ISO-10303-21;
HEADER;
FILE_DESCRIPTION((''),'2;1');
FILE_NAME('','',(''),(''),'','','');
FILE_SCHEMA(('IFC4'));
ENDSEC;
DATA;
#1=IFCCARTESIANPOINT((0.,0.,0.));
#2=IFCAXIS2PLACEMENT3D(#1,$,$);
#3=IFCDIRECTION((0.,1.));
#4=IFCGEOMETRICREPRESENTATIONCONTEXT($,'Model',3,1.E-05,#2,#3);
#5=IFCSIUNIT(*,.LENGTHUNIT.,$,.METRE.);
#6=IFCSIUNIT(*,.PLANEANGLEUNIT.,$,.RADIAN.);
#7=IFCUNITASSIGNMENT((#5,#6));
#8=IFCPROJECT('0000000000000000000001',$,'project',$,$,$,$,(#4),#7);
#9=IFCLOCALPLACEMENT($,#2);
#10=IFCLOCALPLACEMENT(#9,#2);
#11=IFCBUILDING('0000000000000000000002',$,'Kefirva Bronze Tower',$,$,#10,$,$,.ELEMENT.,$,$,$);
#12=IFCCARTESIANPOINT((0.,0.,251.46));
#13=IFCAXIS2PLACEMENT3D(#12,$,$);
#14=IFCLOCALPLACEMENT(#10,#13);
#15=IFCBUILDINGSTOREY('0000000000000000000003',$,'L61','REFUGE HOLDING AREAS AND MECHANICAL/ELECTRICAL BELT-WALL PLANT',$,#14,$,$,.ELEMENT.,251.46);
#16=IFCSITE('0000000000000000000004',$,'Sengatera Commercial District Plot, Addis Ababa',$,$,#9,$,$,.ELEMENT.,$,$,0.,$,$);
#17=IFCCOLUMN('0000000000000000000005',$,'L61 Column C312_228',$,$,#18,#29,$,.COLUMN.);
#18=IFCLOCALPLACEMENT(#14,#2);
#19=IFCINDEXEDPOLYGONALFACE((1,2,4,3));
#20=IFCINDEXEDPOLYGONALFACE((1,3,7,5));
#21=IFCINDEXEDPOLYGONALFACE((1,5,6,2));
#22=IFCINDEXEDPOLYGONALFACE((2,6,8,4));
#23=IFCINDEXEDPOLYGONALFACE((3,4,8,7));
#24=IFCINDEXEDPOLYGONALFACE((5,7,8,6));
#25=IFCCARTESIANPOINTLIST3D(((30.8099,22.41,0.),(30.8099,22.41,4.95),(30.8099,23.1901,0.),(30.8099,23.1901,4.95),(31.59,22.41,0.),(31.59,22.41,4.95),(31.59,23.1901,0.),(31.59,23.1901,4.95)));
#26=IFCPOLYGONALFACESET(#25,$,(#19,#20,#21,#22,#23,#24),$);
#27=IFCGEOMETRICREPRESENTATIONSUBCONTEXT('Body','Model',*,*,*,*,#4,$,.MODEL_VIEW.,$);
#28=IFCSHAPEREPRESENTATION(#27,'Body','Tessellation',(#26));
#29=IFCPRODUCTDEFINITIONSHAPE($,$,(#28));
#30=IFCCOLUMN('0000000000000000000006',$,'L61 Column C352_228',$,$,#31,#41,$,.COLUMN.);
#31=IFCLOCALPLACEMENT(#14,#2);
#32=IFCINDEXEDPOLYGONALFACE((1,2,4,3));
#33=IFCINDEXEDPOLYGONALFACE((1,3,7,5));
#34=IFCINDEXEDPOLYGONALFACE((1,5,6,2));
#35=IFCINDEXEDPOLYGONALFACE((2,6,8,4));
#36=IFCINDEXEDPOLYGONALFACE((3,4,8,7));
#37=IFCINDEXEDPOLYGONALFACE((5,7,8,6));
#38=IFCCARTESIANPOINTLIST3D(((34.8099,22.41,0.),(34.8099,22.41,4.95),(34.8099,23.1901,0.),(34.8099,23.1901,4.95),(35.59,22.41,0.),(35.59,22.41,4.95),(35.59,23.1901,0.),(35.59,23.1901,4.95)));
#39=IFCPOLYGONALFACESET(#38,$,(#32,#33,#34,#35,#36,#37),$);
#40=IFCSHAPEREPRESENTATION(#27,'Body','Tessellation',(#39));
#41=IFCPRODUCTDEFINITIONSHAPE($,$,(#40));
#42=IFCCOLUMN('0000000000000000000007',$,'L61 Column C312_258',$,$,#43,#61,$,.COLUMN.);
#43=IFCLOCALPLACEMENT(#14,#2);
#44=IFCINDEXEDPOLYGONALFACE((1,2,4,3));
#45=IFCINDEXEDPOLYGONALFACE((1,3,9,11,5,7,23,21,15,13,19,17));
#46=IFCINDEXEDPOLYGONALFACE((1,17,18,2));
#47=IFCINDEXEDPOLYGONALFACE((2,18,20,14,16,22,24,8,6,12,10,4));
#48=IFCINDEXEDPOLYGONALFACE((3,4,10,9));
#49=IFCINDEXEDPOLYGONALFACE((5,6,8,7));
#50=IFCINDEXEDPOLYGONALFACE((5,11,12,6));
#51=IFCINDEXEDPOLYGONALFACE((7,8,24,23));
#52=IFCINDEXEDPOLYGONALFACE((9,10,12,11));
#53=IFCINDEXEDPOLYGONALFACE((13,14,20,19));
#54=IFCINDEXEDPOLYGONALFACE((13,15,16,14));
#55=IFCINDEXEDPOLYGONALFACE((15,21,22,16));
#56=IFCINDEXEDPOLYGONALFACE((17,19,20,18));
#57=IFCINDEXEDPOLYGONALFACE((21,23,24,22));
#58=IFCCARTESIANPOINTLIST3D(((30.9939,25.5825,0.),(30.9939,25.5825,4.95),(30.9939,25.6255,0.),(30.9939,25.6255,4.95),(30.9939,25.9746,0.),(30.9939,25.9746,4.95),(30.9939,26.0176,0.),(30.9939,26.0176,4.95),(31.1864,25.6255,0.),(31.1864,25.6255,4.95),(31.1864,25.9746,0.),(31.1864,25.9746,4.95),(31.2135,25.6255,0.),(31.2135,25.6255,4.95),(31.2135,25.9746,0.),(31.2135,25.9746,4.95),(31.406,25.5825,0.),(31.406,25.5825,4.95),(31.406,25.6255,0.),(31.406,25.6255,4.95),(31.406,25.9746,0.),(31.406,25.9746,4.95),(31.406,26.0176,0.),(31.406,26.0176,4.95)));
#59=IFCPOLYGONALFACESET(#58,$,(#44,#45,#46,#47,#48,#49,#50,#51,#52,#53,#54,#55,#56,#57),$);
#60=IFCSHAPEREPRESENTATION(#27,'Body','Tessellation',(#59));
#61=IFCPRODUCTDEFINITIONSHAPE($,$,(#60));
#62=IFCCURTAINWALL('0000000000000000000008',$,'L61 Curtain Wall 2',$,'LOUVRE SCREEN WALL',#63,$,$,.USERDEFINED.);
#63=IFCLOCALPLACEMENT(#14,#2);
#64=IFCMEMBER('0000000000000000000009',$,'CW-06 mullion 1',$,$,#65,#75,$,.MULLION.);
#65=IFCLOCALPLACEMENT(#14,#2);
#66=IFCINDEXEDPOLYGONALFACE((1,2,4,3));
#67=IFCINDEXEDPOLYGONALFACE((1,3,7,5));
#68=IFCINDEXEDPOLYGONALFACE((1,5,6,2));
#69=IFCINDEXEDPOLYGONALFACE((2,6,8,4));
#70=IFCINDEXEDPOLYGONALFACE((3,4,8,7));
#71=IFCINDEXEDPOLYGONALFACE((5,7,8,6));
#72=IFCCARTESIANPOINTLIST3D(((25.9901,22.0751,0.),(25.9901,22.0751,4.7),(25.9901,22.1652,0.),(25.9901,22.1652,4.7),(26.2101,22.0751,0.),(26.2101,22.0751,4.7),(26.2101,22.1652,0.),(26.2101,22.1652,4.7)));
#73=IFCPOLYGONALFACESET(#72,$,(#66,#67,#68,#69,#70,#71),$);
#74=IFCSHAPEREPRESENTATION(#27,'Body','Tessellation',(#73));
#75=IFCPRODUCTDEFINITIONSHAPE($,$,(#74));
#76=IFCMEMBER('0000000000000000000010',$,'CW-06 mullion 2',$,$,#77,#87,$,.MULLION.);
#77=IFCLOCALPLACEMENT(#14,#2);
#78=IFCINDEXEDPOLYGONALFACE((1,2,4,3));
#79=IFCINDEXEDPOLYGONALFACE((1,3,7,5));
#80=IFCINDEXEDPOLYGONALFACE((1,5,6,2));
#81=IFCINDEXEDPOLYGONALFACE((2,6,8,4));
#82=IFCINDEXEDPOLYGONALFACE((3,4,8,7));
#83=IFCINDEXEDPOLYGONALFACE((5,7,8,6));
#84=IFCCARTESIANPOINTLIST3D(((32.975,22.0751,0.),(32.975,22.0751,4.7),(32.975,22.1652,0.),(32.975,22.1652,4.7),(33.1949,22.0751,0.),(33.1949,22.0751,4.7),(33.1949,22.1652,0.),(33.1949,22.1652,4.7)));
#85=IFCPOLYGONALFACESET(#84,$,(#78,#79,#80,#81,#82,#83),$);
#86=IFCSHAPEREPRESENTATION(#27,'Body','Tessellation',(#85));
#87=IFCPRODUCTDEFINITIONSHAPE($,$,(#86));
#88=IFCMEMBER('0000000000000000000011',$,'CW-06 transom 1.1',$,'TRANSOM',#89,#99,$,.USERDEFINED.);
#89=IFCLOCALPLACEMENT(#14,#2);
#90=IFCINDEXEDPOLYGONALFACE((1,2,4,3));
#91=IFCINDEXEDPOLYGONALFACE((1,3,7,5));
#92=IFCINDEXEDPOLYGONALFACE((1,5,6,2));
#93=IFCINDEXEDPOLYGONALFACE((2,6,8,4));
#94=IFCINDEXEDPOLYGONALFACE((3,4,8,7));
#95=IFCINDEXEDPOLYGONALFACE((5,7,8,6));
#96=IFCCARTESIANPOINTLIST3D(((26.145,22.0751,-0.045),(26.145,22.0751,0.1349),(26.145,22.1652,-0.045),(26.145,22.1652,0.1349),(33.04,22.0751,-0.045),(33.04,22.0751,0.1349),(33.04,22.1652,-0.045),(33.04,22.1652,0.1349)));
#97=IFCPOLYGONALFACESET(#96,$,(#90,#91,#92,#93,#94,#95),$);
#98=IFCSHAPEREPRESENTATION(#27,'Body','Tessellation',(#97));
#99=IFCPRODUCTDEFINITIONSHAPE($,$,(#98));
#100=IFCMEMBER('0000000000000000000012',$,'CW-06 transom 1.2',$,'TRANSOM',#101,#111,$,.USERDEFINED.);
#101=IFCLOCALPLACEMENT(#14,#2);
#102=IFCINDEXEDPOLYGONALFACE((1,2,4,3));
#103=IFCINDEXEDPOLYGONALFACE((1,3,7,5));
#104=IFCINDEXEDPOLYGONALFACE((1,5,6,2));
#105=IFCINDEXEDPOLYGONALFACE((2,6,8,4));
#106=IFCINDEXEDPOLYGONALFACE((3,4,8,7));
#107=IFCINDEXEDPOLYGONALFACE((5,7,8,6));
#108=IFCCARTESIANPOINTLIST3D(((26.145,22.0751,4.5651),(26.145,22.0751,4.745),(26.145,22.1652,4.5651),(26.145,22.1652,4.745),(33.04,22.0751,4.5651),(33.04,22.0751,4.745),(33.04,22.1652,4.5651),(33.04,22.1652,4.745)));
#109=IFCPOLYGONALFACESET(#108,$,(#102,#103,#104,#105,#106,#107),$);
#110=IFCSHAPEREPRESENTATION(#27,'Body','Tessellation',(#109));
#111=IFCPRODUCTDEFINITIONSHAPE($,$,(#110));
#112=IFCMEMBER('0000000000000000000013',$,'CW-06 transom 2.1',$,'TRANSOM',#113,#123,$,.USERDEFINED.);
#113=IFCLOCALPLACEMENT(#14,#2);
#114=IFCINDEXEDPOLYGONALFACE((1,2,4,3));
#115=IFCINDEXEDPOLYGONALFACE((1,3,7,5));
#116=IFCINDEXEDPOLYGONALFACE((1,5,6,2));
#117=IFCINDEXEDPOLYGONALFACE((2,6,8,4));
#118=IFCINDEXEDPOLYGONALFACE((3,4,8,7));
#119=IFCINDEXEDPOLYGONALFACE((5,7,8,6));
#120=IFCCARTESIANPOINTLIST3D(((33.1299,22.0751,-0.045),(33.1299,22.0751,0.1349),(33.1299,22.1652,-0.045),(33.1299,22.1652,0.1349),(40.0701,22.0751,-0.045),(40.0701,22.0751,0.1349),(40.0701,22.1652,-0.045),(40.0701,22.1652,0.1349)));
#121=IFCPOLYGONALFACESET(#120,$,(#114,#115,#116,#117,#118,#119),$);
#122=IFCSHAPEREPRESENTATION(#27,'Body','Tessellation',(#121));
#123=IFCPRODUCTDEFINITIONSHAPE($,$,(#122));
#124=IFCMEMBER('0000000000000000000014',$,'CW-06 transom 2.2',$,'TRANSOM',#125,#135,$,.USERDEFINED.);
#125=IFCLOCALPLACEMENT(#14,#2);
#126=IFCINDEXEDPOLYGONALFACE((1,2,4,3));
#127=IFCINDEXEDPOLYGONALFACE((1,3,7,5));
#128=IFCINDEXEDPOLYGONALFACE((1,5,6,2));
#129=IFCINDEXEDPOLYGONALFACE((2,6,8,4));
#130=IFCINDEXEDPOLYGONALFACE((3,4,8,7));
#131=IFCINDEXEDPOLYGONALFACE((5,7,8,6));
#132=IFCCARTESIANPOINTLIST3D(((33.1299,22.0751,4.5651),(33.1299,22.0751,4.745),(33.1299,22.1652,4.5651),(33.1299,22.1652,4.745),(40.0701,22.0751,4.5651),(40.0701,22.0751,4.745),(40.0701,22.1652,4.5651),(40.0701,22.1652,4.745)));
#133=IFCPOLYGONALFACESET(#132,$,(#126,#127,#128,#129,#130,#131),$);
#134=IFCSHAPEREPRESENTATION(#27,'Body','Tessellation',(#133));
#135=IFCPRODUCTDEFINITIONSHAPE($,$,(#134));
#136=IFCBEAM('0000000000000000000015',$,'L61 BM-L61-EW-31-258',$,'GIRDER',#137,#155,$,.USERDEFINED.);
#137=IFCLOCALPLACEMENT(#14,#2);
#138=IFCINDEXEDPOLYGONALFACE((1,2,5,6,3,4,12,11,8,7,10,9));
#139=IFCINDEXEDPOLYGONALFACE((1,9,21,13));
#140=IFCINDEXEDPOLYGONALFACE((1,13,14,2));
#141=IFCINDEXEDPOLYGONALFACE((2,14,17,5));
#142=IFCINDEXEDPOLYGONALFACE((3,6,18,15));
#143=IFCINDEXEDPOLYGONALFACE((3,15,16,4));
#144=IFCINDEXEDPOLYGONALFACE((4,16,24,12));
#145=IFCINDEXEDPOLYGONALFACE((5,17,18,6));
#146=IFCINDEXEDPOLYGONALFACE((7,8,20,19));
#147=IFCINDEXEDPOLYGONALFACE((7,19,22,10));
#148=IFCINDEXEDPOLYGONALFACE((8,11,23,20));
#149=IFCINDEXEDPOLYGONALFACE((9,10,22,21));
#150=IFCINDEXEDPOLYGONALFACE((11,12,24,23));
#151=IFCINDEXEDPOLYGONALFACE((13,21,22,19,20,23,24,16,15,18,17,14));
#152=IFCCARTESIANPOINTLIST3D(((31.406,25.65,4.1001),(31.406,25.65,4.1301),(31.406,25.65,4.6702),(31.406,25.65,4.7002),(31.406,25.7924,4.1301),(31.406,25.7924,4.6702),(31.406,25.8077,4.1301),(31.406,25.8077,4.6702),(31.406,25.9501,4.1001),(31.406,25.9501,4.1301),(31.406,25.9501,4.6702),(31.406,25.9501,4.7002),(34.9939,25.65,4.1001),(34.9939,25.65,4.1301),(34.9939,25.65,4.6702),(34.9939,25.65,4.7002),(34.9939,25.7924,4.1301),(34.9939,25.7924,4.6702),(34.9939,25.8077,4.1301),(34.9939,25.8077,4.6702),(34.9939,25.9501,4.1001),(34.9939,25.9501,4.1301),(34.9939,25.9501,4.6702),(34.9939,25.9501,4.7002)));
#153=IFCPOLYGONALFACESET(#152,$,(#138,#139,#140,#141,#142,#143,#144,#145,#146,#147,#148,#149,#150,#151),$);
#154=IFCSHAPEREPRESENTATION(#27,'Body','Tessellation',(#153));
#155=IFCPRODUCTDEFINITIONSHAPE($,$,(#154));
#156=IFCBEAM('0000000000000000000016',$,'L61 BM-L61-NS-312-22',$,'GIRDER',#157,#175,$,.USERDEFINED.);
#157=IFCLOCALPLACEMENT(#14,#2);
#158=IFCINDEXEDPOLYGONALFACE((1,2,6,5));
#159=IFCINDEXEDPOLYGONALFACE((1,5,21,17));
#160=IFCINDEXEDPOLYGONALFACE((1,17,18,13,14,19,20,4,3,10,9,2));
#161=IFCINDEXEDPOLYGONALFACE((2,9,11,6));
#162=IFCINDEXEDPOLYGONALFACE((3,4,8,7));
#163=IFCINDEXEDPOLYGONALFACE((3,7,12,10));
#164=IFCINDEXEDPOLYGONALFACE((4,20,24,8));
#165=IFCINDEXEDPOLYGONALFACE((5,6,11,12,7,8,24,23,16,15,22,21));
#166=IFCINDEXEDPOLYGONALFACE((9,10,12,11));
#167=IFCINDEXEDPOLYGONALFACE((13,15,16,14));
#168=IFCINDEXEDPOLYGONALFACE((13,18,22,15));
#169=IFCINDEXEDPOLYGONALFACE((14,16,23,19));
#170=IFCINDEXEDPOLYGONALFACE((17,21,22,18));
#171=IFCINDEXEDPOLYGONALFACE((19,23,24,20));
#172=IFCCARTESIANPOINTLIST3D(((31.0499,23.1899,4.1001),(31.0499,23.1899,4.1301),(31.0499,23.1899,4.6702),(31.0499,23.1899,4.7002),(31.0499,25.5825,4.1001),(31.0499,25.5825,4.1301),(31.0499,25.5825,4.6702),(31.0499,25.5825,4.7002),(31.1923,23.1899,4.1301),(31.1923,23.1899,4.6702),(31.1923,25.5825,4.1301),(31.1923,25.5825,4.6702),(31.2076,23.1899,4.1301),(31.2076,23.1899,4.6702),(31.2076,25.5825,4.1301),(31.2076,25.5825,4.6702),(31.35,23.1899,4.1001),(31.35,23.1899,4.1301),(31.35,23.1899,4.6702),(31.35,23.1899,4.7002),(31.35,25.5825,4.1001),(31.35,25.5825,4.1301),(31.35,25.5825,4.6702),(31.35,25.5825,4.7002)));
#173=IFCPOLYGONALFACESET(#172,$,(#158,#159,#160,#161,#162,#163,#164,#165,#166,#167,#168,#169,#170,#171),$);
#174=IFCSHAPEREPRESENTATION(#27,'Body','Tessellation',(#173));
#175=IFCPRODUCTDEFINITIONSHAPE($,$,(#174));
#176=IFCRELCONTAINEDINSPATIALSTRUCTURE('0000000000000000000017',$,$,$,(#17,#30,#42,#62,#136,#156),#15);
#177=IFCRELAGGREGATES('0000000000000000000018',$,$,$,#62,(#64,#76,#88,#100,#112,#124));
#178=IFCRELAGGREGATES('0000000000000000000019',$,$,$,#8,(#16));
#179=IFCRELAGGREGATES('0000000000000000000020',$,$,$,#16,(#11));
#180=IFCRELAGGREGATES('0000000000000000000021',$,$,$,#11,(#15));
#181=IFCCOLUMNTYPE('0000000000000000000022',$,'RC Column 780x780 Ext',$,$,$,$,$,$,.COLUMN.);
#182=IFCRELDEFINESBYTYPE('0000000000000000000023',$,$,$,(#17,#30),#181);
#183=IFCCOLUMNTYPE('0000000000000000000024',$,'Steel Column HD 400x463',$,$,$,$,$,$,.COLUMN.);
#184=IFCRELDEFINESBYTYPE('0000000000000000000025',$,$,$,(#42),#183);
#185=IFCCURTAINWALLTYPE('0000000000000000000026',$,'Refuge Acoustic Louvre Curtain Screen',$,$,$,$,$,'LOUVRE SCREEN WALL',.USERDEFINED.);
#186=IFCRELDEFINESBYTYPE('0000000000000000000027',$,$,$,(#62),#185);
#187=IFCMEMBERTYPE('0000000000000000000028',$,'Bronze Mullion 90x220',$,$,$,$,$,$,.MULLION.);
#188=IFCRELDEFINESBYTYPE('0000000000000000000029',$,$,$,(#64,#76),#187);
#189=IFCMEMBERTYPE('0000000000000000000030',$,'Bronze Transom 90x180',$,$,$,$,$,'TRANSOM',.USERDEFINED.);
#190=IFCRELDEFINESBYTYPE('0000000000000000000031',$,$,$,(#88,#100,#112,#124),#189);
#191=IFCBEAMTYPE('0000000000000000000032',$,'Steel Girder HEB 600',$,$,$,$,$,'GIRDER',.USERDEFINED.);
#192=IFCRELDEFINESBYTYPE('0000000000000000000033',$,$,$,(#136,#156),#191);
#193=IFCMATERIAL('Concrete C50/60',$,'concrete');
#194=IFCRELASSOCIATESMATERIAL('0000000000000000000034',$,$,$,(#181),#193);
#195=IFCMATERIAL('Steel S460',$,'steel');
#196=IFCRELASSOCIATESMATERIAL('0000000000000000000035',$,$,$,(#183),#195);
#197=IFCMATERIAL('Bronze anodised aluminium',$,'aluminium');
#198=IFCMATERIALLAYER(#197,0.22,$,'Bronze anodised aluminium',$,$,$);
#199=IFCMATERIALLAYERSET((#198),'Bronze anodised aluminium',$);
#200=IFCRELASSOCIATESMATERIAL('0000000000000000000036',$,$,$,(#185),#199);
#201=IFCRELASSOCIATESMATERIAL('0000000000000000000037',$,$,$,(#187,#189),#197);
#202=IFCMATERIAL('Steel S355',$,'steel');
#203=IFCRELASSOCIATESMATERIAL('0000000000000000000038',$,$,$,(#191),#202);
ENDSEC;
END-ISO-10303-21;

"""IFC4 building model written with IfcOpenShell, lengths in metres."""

from ifc_helpers import new_model, si_unit, direction, frame, origin, origin_2d, place, context, subcontext, project, spatial, rectangle, i_section, extrude, material, layer, layer_set, material_profile, profile_set, type_object, element, aggregate, save


model = new_model("IFC4")

# Units and contexts
model_context = context("Model", 3, precision=1e-05, world=origin(), true_north=direction((0.0, 1.0)))
body_context = subcontext(model_context, "Body", "Model", "MODEL_VIEW")
ifc_project = project(units=[si_unit("LENGTHUNIT", "METRE"), si_unit("PLANEANGLEUNIT", "RADIAN")], contexts=[model_context])

# Site, building, storey
site_placement = place(None, origin())
site = spatial("IfcSite", under=ifc_project, at=site_placement, Name="Sengatera Commercial District Plot, Addis Ababa", CompositionType="ELEMENT", RefElevation=0.0)
building_placement = place(site_placement, origin())
building = spatial("IfcBuilding", under=site, at=building_placement, Name="Kefirva Bronze Tower", CompositionType="ELEMENT")
storey_placement = place(building_placement, frame((0.0, 0.0, 251.46)))
storey = spatial("IfcBuildingStorey", under=building, at=storey_placement, Name="L61", Description="REFUGE HOLDING AREAS AND MECHANICAL/ELECTRICAL BELT-WALL PLANT", CompositionType="ELEMENT", Elevation=251.46)

# Columns
ifc_material_1 = material(Name="Concrete C50/60", Category="concrete")
ifc_material_profile_1 = material_profile(ifc_material_1, rectangle(XDim=0.78, YDim=0.78, at=origin_2d()), Name="RC 780x780")
ifc_profile_set_1 = profile_set([ifc_material_profile_1], Name="Concrete C50/60")
column_type_1 = type_object("IfcColumnType", Name="RC Column 780x780 Ext", PredefinedType="COLUMN", material=ifc_profile_set_1)
for number, where, z_axis, x_axis, name in (
    (1, (31.2, 22.8, 0.0), (0.0, 0.0, 1.0), (1.0, 0.0, 0.0), "L61 Column C312_228"),
    (2, (35.2, 22.8, 0.0), (0.0, 0.0, 1.0), (1.0, 0.0, 0.0), "L61 Column C352_228"),
):
    element("IfcColumn", number, at=place(storey_placement, frame(where, z_axis=z_axis, x_axis=x_axis)), inside=storey, type_object=column_type_1, Name=name, PredefinedType="COLUMN", context=body_context, shape_type="SweptSolid", body=[
        extrude(rectangle(XDim=0.78, YDim=0.78, at=origin_2d()), origin(), (0.0, 0.0, 1.0), 4.95),
    ])
ifc_material_2 = material(Name="Steel S460", Category="steel")
ifc_material_profile_2 = material_profile(ifc_material_2, i_section(OverallWidth=0.4121, OverallDepth=0.4351, WebThickness=0.0271, FlangeThickness=0.043, at=origin_2d()), Name="HD 400x463")
ifc_profile_set_2 = profile_set([ifc_material_profile_2], Name="Steel S460")
column_type_2 = type_object("IfcColumnType", Name="Steel Column HD 400x463", PredefinedType="COLUMN", material=ifc_profile_set_2)
column_placement = place(storey_placement, frame((31.2, 25.8, 0.0), z_axis=(0.0, 0.0, 1.0), x_axis=(1.0, 0.0, 0.0)))
element("IfcColumn", 3, at=column_placement, inside=storey, type_object=column_type_2, Name="L61 Column C312_258", PredefinedType="COLUMN", context=body_context, shape_type="SweptSolid", body=[
    extrude(i_section(OverallWidth=0.4121, OverallDepth=0.4351, WebThickness=0.0271, FlangeThickness=0.043, at=origin_2d()), origin(), (0.0, 0.0, 1.0), 4.95),
])

# Curtain wall, members
ifc_material_3 = material(Name="Bronze anodised aluminium", Category="aluminium")
ifc_layer_1 = layer(ifc_material_3, 0.22, Name="Bronze anodised aluminium")
ifc_layer_set_1 = layer_set([ifc_layer_1], Name="Bronze anodised aluminium")
curtain_wall_type = type_object("IfcCurtainWallType", Name="Refuge Acoustic Louvre Curtain Screen", ElementType="LOUVRE SCREEN WALL", PredefinedType="USERDEFINED", material=ifc_layer_set_1)
curtain_wall_placement = place(storey_placement, origin())
curtain_wall = element("IfcCurtainWall", 4, at=curtain_wall_placement, inside=storey, type_object=curtain_wall_type, Name="L61 Curtain Wall 2", ObjectType="LOUVRE SCREEN WALL", PredefinedType="USERDEFINED")
ifc_material_profile_3 = material_profile(ifc_material_3, rectangle(XDim=0.0901, YDim=0.22, at=origin_2d()), Name="ALU 90x220")
ifc_profile_set_3 = profile_set([ifc_material_profile_3], Name="Bronze anodised aluminium")
member_type_1 = type_object("IfcMemberType", Name="Bronze Mullion 90x220", PredefinedType="MULLION", material=ifc_profile_set_3)
member_1_placement = place(storey_placement, frame((26.1001, 22.1201, 0.0), z_axis=(0.0, 0.0, 1.0), x_axis=(0.0, 1.0, 0.0)))
member_1 = element("IfcMember", 5, at=member_1_placement, type_object=member_type_1, Name="CW-06 mullion 1", PredefinedType="MULLION", context=body_context, shape_type="SweptSolid", body=[
    extrude(rectangle(XDim=0.0901, YDim=0.22, at=origin_2d()), origin(), (0.0, 0.0, 1.0), 4.7),
])
member_2_placement = place(storey_placement, frame((33.085, 22.1201, 0.0), z_axis=(0.0, 0.0, 1.0), x_axis=(0.0, 1.0, 0.0)))
member_2 = element("IfcMember", 6, at=member_2_placement, type_object=member_type_1, Name="CW-06 mullion 2", PredefinedType="MULLION", context=body_context, shape_type="SweptSolid", body=[
    extrude(rectangle(XDim=0.0901, YDim=0.22, at=origin_2d()), origin(), (0.0, 0.0, 1.0), 4.7),
])
ifc_material_profile_4 = material_profile(ifc_material_3, rectangle(XDim=0.0901, YDim=0.1799, at=origin_2d()), Name="ALU 90x180")
ifc_profile_set_4 = profile_set([ifc_material_profile_4], Name="Bronze anodised aluminium")
member_type_2 = type_object("IfcMemberType", Name="Bronze Transom 90x180", ElementType="TRANSOM", PredefinedType="USERDEFINED", material=ifc_profile_set_4)
member_3_placement = place(storey_placement, frame((26.145, 22.1201, 0.0449), z_axis=(1.0, 0.0, 0.0), x_axis=(0.0, 1.0, 0.0)))
member_3 = element("IfcMember", 7, at=member_3_placement, type_object=member_type_2, Name="CW-06 transom 1.1", ObjectType="TRANSOM", PredefinedType="USERDEFINED", context=body_context, shape_type="SweptSolid", body=[
    extrude(rectangle(XDim=0.0901, YDim=0.1799, at=origin_2d()), origin(), (0.0, 0.0, 1.0), 6.895),
])
member_4_placement = place(storey_placement, frame((26.145, 22.1201, 4.655), z_axis=(1.0, 0.0, 0.0), x_axis=(0.0, 1.0, 0.0)))
member_4 = element("IfcMember", 8, at=member_4_placement, type_object=member_type_2, Name="CW-06 transom 1.2", ObjectType="TRANSOM", PredefinedType="USERDEFINED", context=body_context, shape_type="SweptSolid", body=[
    extrude(rectangle(XDim=0.0901, YDim=0.1799, at=origin_2d()), origin(), (0.0, 0.0, 1.0), 6.895),
])
member_5_placement = place(storey_placement, frame((33.1299, 22.1201, 0.0449), z_axis=(1.0, 0.0, 0.0), x_axis=(0.0, 1.0, 0.0)))
member_5 = element("IfcMember", 9, at=member_5_placement, type_object=member_type_2, Name="CW-06 transom 2.1", ObjectType="TRANSOM", PredefinedType="USERDEFINED", context=body_context, shape_type="SweptSolid", body=[
    extrude(rectangle(XDim=0.0901, YDim=0.1799, at=origin_2d()), origin(), (0.0, 0.0, 1.0), 6.9402),
])
member_6_placement = place(storey_placement, frame((33.1299, 22.1201, 4.655), z_axis=(1.0, 0.0, 0.0), x_axis=(0.0, 1.0, 0.0)))
member_6 = element("IfcMember", 10, at=member_6_placement, type_object=member_type_2, Name="CW-06 transom 2.2", ObjectType="TRANSOM", PredefinedType="USERDEFINED", context=body_context, shape_type="SweptSolid", body=[
    extrude(rectangle(XDim=0.0901, YDim=0.1799, at=origin_2d()), origin(), (0.0, 0.0, 1.0), 6.9402),
])

# Beams
ifc_material_4 = material(Name="Steel S355", Category="steel")
ifc_material_profile_5 = material_profile(ifc_material_4, i_section(OverallWidth=0.3, OverallDepth=0.6001, WebThickness=0.0154, FlangeThickness=0.03, at=origin_2d()), Name="HEB 600")
ifc_profile_set_5 = profile_set([ifc_material_profile_5], Name="Steel S355")
beam_type_1 = type_object("IfcBeamType", Name="Steel Girder HEB 600", ElementType="GIRDER", PredefinedType="USERDEFINED", material=ifc_profile_set_5)
beam_1_placement = place(storey_placement, frame((31.406, 25.8, 4.4001), z_axis=(1.0, 0.0, 0.0), x_axis=(0.0, 1.0, 0.0)))
element("IfcBeam", 11, at=beam_1_placement, inside=storey, type_object=beam_type_1, Name="L61 BM-L61-EW-31-258", ObjectType="GIRDER", PredefinedType="USERDEFINED", context=body_context, shape_type="SweptSolid", body=[
    extrude(i_section(OverallWidth=0.3, OverallDepth=0.6001, WebThickness=0.0154, FlangeThickness=0.03, at=origin_2d()), origin(), (0.0, 0.0, 1.0), 3.5879),
])
for number, where, z_axis, x_axis, name in (
    (12, (31.2, 23.1899, 4.4001), (0.0, 1.0, 0.0), (-1.0, 0.0, 0.0), "L61 BM-L61-NS-312-22"),
):
    element("IfcBeam", number, at=place(storey_placement, frame(where, z_axis=z_axis, x_axis=x_axis)), inside=storey, type_object=beam_type_1, Name=name, ObjectType="GIRDER", PredefinedType="USERDEFINED", context=body_context, shape_type="SweptSolid", body=[
        extrude(i_section(OverallWidth=0.3, OverallDepth=0.6001, WebThickness=0.0154, FlangeThickness=0.03, at=origin_2d()), origin(), (0.0, 0.0, 1.0), 2.3926),
    ])

aggregate(curtain_wall, [member_1, member_2, member_3, member_4, member_5, member_6])

save(model, "model.ifc")
